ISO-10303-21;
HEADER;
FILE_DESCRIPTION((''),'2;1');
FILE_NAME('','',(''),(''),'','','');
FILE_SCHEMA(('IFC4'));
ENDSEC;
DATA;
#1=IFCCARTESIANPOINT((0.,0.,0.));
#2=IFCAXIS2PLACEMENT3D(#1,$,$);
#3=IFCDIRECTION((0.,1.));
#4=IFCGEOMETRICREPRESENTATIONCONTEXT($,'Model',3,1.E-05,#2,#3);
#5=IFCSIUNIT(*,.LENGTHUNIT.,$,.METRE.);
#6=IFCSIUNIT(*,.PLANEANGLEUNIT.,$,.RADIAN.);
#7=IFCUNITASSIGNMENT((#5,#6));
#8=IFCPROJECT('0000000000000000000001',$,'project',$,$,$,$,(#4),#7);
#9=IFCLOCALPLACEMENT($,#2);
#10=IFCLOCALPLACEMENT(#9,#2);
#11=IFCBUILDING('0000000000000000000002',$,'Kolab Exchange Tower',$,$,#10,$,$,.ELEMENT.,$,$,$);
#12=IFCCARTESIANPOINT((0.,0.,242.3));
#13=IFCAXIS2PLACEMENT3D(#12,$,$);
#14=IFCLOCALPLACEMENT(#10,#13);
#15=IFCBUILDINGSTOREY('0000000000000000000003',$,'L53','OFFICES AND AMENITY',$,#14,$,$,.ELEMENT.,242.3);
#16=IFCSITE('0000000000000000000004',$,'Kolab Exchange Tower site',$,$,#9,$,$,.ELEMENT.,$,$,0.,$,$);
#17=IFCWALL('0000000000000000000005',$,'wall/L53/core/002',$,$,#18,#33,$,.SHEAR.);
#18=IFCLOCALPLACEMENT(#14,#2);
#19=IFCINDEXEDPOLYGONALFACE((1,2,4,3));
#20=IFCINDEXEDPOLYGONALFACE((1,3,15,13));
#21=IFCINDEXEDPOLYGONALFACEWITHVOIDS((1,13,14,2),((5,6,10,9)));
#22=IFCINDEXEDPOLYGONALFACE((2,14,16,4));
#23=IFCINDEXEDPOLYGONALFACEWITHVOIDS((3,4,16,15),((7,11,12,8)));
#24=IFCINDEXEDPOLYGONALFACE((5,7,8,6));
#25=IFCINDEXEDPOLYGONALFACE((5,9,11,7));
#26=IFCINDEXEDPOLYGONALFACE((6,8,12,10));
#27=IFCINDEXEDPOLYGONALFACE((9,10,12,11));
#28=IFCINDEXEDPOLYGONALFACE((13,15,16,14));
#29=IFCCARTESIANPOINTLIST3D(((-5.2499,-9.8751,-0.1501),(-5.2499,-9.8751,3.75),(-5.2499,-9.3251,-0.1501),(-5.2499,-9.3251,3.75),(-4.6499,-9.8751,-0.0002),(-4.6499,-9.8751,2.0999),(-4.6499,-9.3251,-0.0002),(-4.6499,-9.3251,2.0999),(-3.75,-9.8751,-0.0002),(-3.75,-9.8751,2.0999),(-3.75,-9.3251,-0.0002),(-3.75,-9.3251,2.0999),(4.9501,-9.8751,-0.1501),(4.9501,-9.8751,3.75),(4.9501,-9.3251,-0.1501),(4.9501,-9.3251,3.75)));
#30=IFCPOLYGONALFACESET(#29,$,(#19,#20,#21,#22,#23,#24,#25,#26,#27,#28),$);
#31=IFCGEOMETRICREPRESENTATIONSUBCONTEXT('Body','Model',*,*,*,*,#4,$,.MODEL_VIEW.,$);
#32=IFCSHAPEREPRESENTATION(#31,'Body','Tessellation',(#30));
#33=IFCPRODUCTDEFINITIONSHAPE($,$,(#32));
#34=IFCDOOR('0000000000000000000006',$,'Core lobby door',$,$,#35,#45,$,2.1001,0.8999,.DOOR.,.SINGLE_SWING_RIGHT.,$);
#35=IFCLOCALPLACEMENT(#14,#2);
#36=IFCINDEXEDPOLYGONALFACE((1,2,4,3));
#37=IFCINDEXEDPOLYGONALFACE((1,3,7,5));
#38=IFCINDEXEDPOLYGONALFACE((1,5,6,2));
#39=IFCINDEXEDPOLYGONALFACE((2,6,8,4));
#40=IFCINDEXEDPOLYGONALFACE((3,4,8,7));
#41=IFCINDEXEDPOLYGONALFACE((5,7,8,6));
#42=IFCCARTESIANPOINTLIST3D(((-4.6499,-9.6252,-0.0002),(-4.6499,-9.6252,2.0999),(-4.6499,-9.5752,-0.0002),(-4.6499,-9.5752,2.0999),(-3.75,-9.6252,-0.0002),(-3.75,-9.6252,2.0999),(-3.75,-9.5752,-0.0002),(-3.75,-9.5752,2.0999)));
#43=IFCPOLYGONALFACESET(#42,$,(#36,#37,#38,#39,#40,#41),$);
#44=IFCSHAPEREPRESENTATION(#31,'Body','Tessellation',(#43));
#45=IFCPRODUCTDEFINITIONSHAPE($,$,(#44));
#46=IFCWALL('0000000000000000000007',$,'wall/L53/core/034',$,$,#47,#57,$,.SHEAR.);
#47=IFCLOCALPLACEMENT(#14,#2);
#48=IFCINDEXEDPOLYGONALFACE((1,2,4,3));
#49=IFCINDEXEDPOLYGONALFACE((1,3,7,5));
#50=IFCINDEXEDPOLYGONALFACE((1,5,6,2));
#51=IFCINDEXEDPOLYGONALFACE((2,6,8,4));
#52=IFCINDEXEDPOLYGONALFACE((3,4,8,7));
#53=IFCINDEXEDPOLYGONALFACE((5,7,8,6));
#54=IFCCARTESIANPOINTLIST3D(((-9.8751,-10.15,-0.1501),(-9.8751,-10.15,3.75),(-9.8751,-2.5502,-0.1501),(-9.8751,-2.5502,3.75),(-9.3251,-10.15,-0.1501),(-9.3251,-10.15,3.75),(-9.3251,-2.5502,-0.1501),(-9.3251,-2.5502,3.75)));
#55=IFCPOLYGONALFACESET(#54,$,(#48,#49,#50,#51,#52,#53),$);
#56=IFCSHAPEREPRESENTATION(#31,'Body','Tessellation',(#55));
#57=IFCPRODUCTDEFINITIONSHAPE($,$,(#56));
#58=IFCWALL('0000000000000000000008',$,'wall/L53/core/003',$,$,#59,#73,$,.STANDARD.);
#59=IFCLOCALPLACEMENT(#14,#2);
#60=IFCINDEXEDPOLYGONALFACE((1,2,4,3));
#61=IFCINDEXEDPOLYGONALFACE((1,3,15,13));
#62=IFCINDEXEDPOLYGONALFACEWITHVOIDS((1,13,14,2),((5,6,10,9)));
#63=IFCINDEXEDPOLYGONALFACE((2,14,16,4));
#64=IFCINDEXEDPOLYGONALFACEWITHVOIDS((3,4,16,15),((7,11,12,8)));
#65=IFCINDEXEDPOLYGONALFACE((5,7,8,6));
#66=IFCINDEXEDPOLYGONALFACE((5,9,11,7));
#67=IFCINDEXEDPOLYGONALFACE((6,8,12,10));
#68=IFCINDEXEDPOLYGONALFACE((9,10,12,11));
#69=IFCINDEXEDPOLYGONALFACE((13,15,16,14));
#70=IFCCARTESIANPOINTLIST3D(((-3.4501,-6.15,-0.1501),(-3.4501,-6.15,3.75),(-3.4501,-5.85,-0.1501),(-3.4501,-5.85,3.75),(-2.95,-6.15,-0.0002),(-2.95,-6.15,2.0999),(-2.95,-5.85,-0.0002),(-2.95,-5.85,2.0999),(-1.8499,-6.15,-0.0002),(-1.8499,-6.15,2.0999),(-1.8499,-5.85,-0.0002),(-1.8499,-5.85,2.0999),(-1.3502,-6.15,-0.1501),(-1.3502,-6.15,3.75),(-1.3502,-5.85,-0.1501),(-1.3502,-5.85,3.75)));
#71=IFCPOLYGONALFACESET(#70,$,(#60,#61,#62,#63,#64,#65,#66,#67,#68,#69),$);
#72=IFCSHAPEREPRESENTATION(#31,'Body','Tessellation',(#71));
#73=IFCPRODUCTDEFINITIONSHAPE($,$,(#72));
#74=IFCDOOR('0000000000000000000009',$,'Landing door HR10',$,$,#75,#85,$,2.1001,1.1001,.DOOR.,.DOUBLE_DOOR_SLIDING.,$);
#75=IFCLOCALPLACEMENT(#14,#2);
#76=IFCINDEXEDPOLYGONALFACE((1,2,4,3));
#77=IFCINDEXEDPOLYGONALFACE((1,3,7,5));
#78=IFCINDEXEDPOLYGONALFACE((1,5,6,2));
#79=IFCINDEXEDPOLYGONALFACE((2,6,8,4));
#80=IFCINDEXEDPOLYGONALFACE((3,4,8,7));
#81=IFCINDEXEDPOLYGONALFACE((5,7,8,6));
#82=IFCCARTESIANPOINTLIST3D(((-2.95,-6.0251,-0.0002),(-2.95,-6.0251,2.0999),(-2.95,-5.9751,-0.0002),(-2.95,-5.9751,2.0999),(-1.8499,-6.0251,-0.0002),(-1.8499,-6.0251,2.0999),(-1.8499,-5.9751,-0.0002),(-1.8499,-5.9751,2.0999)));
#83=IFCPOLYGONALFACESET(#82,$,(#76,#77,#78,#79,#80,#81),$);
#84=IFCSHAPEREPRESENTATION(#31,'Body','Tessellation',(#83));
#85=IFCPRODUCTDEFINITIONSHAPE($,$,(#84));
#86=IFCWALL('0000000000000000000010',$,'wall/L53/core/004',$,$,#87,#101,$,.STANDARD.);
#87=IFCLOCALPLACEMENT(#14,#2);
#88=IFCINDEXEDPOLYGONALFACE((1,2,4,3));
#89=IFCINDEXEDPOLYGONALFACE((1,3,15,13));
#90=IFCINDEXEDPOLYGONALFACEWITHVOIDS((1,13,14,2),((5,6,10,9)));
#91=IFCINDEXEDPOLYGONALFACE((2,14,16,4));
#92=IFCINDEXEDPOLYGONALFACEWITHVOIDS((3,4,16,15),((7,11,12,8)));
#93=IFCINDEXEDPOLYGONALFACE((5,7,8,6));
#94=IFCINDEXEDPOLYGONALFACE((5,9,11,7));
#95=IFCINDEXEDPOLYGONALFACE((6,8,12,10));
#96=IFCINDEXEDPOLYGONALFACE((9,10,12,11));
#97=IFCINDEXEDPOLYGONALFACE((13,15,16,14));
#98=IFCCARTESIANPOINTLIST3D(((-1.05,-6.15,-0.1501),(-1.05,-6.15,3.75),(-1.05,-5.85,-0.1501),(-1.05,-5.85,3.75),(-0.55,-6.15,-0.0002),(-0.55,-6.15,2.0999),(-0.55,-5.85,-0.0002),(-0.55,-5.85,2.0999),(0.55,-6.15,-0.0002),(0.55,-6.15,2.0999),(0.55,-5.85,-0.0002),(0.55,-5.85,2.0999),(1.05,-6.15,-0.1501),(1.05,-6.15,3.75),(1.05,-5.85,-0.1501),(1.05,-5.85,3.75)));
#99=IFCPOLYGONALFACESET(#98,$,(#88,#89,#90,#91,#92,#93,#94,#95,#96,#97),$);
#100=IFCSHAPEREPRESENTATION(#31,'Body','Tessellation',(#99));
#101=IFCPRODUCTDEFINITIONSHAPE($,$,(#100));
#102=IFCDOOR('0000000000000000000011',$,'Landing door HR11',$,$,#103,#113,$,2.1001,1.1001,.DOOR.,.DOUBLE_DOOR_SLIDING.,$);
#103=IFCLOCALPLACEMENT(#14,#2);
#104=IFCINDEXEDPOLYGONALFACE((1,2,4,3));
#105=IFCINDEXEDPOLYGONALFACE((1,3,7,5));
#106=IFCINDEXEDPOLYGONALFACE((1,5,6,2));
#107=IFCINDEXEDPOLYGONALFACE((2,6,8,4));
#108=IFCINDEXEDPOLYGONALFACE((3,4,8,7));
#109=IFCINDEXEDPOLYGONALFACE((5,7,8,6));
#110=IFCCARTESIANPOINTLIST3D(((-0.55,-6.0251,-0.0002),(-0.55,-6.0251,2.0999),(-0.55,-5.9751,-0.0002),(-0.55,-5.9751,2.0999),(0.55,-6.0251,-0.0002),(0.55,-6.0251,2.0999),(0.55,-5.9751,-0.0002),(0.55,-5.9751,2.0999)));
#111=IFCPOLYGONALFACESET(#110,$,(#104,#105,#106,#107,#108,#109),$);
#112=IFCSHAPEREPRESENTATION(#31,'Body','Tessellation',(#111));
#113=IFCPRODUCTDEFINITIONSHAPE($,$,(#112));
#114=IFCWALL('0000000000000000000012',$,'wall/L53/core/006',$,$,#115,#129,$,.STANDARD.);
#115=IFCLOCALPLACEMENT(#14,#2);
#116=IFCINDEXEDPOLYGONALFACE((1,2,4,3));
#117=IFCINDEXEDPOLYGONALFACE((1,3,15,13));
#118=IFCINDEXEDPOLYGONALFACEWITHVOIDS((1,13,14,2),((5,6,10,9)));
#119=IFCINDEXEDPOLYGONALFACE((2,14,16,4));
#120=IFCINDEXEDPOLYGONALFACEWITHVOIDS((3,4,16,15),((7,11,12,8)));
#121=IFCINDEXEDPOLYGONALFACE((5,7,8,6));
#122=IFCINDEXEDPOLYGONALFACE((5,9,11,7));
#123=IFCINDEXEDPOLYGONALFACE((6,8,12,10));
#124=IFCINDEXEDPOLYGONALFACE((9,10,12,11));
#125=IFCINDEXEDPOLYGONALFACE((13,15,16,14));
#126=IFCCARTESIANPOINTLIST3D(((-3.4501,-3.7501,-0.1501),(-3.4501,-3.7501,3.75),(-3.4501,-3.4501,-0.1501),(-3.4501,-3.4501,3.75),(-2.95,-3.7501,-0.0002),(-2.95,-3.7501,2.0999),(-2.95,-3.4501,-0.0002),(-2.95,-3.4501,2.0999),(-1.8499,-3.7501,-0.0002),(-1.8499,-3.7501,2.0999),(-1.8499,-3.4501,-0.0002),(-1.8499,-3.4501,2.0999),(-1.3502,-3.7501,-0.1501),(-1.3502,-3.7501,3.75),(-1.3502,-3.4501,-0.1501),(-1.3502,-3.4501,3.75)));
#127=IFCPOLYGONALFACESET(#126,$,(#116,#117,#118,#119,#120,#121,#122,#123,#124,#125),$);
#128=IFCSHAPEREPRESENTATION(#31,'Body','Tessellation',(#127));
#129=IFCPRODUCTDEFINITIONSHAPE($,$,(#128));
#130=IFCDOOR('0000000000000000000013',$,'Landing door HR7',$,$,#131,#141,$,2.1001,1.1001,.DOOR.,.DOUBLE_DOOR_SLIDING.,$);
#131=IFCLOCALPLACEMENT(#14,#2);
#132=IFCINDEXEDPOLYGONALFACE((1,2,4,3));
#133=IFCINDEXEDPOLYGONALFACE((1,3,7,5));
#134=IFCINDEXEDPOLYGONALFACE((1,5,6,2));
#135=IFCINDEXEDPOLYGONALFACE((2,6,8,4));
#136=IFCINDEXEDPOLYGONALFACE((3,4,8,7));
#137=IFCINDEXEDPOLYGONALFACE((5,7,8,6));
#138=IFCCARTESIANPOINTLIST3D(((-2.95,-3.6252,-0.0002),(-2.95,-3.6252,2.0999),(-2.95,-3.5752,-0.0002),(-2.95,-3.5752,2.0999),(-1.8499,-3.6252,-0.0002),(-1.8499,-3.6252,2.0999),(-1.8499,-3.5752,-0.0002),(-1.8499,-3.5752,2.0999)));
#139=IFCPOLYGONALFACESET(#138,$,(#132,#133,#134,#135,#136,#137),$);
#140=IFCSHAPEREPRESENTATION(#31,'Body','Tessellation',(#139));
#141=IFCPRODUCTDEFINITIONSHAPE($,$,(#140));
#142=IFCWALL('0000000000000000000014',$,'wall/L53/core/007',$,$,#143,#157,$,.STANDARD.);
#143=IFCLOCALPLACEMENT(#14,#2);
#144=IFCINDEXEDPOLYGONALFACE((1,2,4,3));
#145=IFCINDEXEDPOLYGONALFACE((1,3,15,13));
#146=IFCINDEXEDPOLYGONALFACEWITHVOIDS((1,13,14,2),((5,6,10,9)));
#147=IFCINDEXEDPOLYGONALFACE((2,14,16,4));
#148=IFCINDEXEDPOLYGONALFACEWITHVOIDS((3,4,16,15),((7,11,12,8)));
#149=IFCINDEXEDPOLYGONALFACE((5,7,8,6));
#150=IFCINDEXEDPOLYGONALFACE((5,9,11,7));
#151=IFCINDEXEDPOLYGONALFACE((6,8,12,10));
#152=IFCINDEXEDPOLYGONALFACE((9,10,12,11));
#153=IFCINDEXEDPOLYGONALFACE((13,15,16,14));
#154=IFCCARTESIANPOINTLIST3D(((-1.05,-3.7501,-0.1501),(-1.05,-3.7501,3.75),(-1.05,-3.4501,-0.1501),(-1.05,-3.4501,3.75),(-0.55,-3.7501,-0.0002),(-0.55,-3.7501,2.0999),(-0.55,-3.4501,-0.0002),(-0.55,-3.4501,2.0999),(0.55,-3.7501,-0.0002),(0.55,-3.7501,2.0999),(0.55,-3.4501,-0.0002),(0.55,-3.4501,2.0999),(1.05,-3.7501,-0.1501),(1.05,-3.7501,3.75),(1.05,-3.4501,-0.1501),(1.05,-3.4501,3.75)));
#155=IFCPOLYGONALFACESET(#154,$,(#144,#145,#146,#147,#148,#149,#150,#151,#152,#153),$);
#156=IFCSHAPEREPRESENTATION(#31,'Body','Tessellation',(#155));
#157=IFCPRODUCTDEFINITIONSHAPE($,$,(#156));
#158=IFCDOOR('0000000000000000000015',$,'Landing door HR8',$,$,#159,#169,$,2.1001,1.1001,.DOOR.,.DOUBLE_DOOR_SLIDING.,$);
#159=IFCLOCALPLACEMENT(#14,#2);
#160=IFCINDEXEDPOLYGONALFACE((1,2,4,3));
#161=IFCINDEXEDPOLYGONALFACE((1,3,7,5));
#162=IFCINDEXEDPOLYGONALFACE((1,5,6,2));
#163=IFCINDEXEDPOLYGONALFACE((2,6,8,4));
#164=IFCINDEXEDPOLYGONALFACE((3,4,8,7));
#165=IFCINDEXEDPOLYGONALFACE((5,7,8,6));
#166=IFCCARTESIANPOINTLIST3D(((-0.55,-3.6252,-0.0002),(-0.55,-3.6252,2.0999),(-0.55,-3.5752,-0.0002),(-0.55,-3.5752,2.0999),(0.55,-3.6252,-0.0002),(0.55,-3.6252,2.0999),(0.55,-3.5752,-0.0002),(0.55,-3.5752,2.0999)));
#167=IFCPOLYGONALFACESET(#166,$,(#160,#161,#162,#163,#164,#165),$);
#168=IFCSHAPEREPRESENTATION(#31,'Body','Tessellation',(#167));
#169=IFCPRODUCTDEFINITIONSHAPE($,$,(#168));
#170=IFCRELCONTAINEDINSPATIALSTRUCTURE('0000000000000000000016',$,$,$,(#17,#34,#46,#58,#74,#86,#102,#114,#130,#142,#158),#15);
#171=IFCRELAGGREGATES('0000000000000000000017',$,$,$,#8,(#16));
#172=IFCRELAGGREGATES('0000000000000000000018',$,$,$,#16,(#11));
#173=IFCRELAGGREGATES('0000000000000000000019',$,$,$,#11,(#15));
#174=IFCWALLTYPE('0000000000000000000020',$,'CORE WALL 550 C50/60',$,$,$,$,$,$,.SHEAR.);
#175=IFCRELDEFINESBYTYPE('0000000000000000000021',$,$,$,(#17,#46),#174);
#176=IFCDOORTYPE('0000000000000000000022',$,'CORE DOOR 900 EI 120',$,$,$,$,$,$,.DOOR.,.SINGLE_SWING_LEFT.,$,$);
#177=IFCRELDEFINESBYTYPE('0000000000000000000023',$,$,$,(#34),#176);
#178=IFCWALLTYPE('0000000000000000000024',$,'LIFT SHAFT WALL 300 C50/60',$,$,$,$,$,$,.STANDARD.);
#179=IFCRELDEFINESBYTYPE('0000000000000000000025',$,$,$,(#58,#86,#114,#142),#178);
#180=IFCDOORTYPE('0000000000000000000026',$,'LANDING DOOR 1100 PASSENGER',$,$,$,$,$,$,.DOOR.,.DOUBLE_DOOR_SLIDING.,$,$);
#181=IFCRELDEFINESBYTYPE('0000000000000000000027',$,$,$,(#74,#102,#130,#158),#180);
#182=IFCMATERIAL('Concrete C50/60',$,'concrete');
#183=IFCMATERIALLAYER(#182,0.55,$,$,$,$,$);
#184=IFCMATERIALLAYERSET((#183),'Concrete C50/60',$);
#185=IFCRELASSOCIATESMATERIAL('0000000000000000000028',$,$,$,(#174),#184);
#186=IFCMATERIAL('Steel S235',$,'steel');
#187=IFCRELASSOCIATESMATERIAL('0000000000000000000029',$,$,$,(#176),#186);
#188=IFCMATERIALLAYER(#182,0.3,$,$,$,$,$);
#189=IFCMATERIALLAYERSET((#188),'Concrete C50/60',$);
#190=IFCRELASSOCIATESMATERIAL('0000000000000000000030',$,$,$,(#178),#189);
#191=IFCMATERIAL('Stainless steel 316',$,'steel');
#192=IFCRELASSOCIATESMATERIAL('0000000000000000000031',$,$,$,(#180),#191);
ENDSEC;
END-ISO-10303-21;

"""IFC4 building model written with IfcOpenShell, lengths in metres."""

from ifc_helpers import new_model, si_unit, direction, frame, frame_2d, origin, place, context, subcontext, project, spatial, rectangle, extrude, material, layer, layer_set, type_object, element, fill, save


model = new_model("IFC4")

# Units and contexts
model_context = context("Model", 3, precision=1e-05, world=origin(), true_north=direction((0.0, 1.0)))
body_context = subcontext(model_context, "Body", "Model", "MODEL_VIEW")
ifc_project = project(units=[si_unit("LENGTHUNIT", "METRE"), si_unit("PLANEANGLEUNIT", "RADIAN")], contexts=[model_context])

# Site, building, storey
site_placement = place(None, origin())
site = spatial("IfcSite", under=ifc_project, at=site_placement, Name="Kolab Exchange Tower site", CompositionType="ELEMENT", RefElevation=0.0)
building_placement = place(site_placement, origin())
building = spatial("IfcBuilding", under=site, at=building_placement, Name="Kolab Exchange Tower", CompositionType="ELEMENT")
storey_placement = place(building_placement, frame((0.0, 0.0, 242.3)))
storey = spatial("IfcBuildingStorey", under=building, at=storey_placement, Name="L53", Description="OFFICES AND AMENITY", CompositionType="ELEMENT", Elevation=242.3)

# Wall, opening, door
ifc_material_1 = material(Name="Concrete C50/60", Category="concrete")
ifc_layer_1 = layer(ifc_material_1, 0.55)
ifc_layer_set_1 = layer_set([ifc_layer_1], Name="Concrete C50/60")
wall_type_1 = type_object("IfcWallType", Name="CORE WALL 550 C50/60", PredefinedType="SHEAR", material=ifc_layer_set_1)
wall_1_placement = place(storey_placement, frame((-5.25, -9.6001, -0.1501), z_axis=(0.0, 0.0, 1.0), x_axis=(1.0, 0.0, 0.0)))
wall_1 = element("IfcWall", 1, at=wall_1_placement, inside=storey, type_object=wall_type_1, Name="wall/L53/core/002", PredefinedType="SHEAR", context=body_context, shape_type="SweptSolid", body=[
    extrude(rectangle(XDim=10.2, YDim=0.55, at=frame_2d((5.1001, 0.0))), origin(), (0.0, 0.0, 1.0), 3.9001),
])
opening_1_placement = place(wall_1_placement, frame((0.6001, 0.0, 0.1499)))
opening_1 = element("IfcOpeningElement", 2, at=opening_1_placement, cuts=wall_1, PredefinedType="OPENING", context=body_context, shape_type="SweptSolid", body=[
    extrude(rectangle(XDim=0.8999, YDim=2.1001, at=frame_2d((0.45, 1.05))), frame((0.0, 0.2852, 0.0), z_axis=(0.0, -1.0, 0.0), x_axis=(1.0, 0.0, 0.0)), (0.0, 0.0, 1.0), 0.5701),
])
ifc_material_2 = material(Name="Steel S235", Category="steel")
door_type_1 = type_object("IfcDoorType", Name="CORE DOOR 900 EI 120", OperationType="SINGLE_SWING_LEFT", PredefinedType="DOOR", material=ifc_material_2)
door_1_placement = place(opening_1_placement, origin())
door_1 = element("IfcDoor", 3, at=door_1_placement, inside=storey, type_object=door_type_1, Name="Core lobby door", OperationType="SINGLE_SWING_RIGHT", OverallHeight=2.1001, OverallWidth=0.8999, PredefinedType="DOOR", context=body_context, shape_type="SweptSolid", body=[
    extrude(rectangle(XDim=0.8999, YDim=2.1001, at=frame_2d((0.45, 1.05))), frame((0.0, 0.0249, 0.0), z_axis=(0.0, -1.0, 0.0), x_axis=(1.0, 0.0, 0.0)), (0.0, 0.0, 1.0), 0.05),
])
fill(opening_1, door_1)

# Wall
wall_2_placement = place(storey_placement, frame((-9.6001, -10.1499, -0.1501), z_axis=(0.0, 0.0, 1.0), x_axis=(0.0, 1.0, 0.0)))
element("IfcWall", 4, at=wall_2_placement, inside=storey, type_object=wall_type_1, Name="wall/L53/core/034", PredefinedType="SHEAR", context=body_context, shape_type="SweptSolid", body=[
    extrude(rectangle(XDim=7.5999, YDim=0.55, at=frame_2d((3.7998, 0.0))), origin(), (0.0, 0.0, 1.0), 3.9001),
])

# Walls, openings, doors
ifc_layer_2 = layer(ifc_material_1, 0.3)
ifc_layer_set_2 = layer_set([ifc_layer_2], Name="Concrete C50/60")
wall_type_2 = type_object("IfcWallType", Name="LIFT SHAFT WALL 300 C50/60", PredefinedType="STANDARD", material=ifc_layer_set_2)
wall_3_placement = place(storey_placement, frame((-3.45, -6.0, -0.1501), z_axis=(0.0, 0.0, 1.0), x_axis=(1.0, 0.0, 0.0)))
wall_3 = element("IfcWall", 5, at=wall_3_placement, inside=storey, type_object=wall_type_2, Name="wall/L53/core/003", PredefinedType="STANDARD", context=body_context, shape_type="SweptSolid", body=[
    extrude(rectangle(XDim=2.0999, YDim=0.3, at=frame_2d((1.0498, 0.0))), origin(), (0.0, 0.0, 1.0), 3.9001),
])
opening_2_placement = place(wall_3_placement, frame((0.5, 0.0, 0.1499)))
opening_2 = element("IfcOpeningElement", 6, at=opening_2_placement, cuts=wall_3, PredefinedType="OPENING", context=body_context, shape_type="SweptSolid", body=[
    extrude(rectangle(XDim=1.1001, YDim=2.1001, at=frame_2d((0.55, 1.05))), frame((0.0, 0.1602, 0.0), z_axis=(0.0, -1.0, 0.0), x_axis=(1.0, 0.0, 0.0)), (0.0, 0.0, 1.0), 0.3201),
])
ifc_material_3 = material(Name="Stainless steel 316", Category="steel")
door_type_2 = type_object("IfcDoorType", Name="LANDING DOOR 1100 PASSENGER", OperationType="DOUBLE_DOOR_SLIDING", PredefinedType="DOOR", material=ifc_material_3)
door_2_placement = place(opening_2_placement, origin())
door_2 = element("IfcDoor", 7, at=door_2_placement, inside=storey, type_object=door_type_2, Name="Landing door HR10", OperationType="DOUBLE_DOOR_SLIDING", OverallHeight=2.1001, OverallWidth=1.1001, PredefinedType="DOOR", context=body_context, shape_type="SweptSolid", body=[
    extrude(rectangle(XDim=1.1001, YDim=2.1001, at=frame_2d((0.55, 1.05))), frame((0.0, 0.0249, 0.0), z_axis=(0.0, -1.0, 0.0), x_axis=(1.0, 0.0, 0.0)), (0.0, 0.0, 1.0), 0.05),
])
fill(opening_2, door_2)
wall_4_placement = place(storey_placement, frame((-1.05, -6.0, -0.1501), z_axis=(0.0, 0.0, 1.0), x_axis=(1.0, 0.0, 0.0)))
wall_4 = element("IfcWall", 8, at=wall_4_placement, inside=storey, type_object=wall_type_2, Name="wall/L53/core/004", PredefinedType="STANDARD", context=body_context, shape_type="SweptSolid", body=[
    extrude(rectangle(XDim=2.1001, YDim=0.3, at=frame_2d((1.05, 0.0))), origin(), (0.0, 0.0, 1.0), 3.9001),
])
opening_3_placement = place(wall_4_placement, frame((0.5, 0.0, 0.1499)))
opening_3 = element("IfcOpeningElement", 9, at=opening_3_placement, cuts=wall_4, PredefinedType="OPENING", context=body_context, shape_type="SweptSolid", body=[
    extrude(rectangle(XDim=1.1001, YDim=2.1001, at=frame_2d((0.55, 1.05))), frame((0.0, 0.1602, 0.0), z_axis=(0.0, -1.0, 0.0), x_axis=(1.0, 0.0, 0.0)), (0.0, 0.0, 1.0), 0.3201),
])
door_3_placement = place(opening_3_placement, origin())
door_3 = element("IfcDoor", 10, at=door_3_placement, inside=storey, type_object=door_type_2, Name="Landing door HR11", OperationType="DOUBLE_DOOR_SLIDING", OverallHeight=2.1001, OverallWidth=1.1001, PredefinedType="DOOR", context=body_context, shape_type="SweptSolid", body=[
    extrude(rectangle(XDim=1.1001, YDim=2.1001, at=frame_2d((0.55, 1.05))), frame((0.0, 0.0249, 0.0), z_axis=(0.0, -1.0, 0.0), x_axis=(1.0, 0.0, 0.0)), (0.0, 0.0, 1.0), 0.05),
])
fill(opening_3, door_3)
wall_5_placement = place(storey_placement, frame((-3.45, -3.6001, -0.1501), z_axis=(0.0, 0.0, 1.0), x_axis=(1.0, 0.0, 0.0)))
wall_5 = element("IfcWall", 11, at=wall_5_placement, inside=storey, type_object=wall_type_2, Name="wall/L53/core/006", PredefinedType="STANDARD", context=body_context, shape_type="SweptSolid", body=[
    extrude(rectangle(XDim=2.0999, YDim=0.3, at=frame_2d((1.0498, 0.0))), origin(), (0.0, 0.0, 1.0), 3.9001),
])
opening_4_placement = place(wall_5_placement, frame((0.5, 0.0, 0.1499)))
opening_4 = element("IfcOpeningElement", 12, at=opening_4_placement, cuts=wall_5, PredefinedType="OPENING", context=body_context, shape_type="SweptSolid", body=[
    extrude(rectangle(XDim=1.1001, YDim=2.1001, at=frame_2d((0.55, 1.05))), frame((0.0, 0.1602, 0.0), z_axis=(0.0, -1.0, 0.0), x_axis=(1.0, 0.0, 0.0)), (0.0, 0.0, 1.0), 0.3201),
])
door_4_placement = place(opening_4_placement, origin())
door_4 = element("IfcDoor", 13, at=door_4_placement, inside=storey, type_object=door_type_2, Name="Landing door HR7", OperationType="DOUBLE_DOOR_SLIDING", OverallHeight=2.1001, OverallWidth=1.1001, PredefinedType="DOOR", context=body_context, shape_type="SweptSolid", body=[
    extrude(rectangle(XDim=1.1001, YDim=2.1001, at=frame_2d((0.55, 1.05))), frame((0.0, 0.0249, 0.0), z_axis=(0.0, -1.0, 0.0), x_axis=(1.0, 0.0, 0.0)), (0.0, 0.0, 1.0), 0.05),
])
fill(opening_4, door_4)
wall_6_placement = place(storey_placement, frame((-1.05, -3.6001, -0.1501), z_axis=(0.0, 0.0, 1.0), x_axis=(1.0, 0.0, 0.0)))
wall_6 = element("IfcWall", 14, at=wall_6_placement, inside=storey, type_object=wall_type_2, Name="wall/L53/core/007", PredefinedType="STANDARD", context=body_context, shape_type="SweptSolid", body=[
    extrude(rectangle(XDim=2.1001, YDim=0.3, at=frame_2d((1.05, 0.0))), origin(), (0.0, 0.0, 1.0), 3.9001),
])
opening_5_placement = place(wall_6_placement, frame((0.5, 0.0, 0.1499)))
opening_5 = element("IfcOpeningElement", 15, at=opening_5_placement, cuts=wall_6, PredefinedType="OPENING", context=body_context, shape_type="SweptSolid", body=[
    extrude(rectangle(XDim=1.1001, YDim=2.1001, at=frame_2d((0.55, 1.05))), frame((0.0, 0.1602, 0.0), z_axis=(0.0, -1.0, 0.0), x_axis=(1.0, 0.0, 0.0)), (0.0, 0.0, 1.0), 0.3201),
])
door_5_placement = place(opening_5_placement, origin())
door_5 = element("IfcDoor", 16, at=door_5_placement, inside=storey, type_object=door_type_2, Name="Landing door HR8", OperationType="DOUBLE_DOOR_SLIDING", OverallHeight=2.1001, OverallWidth=1.1001, PredefinedType="DOOR", context=body_context, shape_type="SweptSolid", body=[
    extrude(rectangle(XDim=1.1001, YDim=2.1001, at=frame_2d((0.55, 1.05))), frame((0.0, 0.0249, 0.0), z_axis=(0.0, -1.0, 0.0), x_axis=(1.0, 0.0, 0.0)), (0.0, 0.0, 1.0), 0.05),
])
fill(opening_5, door_5)

save(model, "model.ifc")
